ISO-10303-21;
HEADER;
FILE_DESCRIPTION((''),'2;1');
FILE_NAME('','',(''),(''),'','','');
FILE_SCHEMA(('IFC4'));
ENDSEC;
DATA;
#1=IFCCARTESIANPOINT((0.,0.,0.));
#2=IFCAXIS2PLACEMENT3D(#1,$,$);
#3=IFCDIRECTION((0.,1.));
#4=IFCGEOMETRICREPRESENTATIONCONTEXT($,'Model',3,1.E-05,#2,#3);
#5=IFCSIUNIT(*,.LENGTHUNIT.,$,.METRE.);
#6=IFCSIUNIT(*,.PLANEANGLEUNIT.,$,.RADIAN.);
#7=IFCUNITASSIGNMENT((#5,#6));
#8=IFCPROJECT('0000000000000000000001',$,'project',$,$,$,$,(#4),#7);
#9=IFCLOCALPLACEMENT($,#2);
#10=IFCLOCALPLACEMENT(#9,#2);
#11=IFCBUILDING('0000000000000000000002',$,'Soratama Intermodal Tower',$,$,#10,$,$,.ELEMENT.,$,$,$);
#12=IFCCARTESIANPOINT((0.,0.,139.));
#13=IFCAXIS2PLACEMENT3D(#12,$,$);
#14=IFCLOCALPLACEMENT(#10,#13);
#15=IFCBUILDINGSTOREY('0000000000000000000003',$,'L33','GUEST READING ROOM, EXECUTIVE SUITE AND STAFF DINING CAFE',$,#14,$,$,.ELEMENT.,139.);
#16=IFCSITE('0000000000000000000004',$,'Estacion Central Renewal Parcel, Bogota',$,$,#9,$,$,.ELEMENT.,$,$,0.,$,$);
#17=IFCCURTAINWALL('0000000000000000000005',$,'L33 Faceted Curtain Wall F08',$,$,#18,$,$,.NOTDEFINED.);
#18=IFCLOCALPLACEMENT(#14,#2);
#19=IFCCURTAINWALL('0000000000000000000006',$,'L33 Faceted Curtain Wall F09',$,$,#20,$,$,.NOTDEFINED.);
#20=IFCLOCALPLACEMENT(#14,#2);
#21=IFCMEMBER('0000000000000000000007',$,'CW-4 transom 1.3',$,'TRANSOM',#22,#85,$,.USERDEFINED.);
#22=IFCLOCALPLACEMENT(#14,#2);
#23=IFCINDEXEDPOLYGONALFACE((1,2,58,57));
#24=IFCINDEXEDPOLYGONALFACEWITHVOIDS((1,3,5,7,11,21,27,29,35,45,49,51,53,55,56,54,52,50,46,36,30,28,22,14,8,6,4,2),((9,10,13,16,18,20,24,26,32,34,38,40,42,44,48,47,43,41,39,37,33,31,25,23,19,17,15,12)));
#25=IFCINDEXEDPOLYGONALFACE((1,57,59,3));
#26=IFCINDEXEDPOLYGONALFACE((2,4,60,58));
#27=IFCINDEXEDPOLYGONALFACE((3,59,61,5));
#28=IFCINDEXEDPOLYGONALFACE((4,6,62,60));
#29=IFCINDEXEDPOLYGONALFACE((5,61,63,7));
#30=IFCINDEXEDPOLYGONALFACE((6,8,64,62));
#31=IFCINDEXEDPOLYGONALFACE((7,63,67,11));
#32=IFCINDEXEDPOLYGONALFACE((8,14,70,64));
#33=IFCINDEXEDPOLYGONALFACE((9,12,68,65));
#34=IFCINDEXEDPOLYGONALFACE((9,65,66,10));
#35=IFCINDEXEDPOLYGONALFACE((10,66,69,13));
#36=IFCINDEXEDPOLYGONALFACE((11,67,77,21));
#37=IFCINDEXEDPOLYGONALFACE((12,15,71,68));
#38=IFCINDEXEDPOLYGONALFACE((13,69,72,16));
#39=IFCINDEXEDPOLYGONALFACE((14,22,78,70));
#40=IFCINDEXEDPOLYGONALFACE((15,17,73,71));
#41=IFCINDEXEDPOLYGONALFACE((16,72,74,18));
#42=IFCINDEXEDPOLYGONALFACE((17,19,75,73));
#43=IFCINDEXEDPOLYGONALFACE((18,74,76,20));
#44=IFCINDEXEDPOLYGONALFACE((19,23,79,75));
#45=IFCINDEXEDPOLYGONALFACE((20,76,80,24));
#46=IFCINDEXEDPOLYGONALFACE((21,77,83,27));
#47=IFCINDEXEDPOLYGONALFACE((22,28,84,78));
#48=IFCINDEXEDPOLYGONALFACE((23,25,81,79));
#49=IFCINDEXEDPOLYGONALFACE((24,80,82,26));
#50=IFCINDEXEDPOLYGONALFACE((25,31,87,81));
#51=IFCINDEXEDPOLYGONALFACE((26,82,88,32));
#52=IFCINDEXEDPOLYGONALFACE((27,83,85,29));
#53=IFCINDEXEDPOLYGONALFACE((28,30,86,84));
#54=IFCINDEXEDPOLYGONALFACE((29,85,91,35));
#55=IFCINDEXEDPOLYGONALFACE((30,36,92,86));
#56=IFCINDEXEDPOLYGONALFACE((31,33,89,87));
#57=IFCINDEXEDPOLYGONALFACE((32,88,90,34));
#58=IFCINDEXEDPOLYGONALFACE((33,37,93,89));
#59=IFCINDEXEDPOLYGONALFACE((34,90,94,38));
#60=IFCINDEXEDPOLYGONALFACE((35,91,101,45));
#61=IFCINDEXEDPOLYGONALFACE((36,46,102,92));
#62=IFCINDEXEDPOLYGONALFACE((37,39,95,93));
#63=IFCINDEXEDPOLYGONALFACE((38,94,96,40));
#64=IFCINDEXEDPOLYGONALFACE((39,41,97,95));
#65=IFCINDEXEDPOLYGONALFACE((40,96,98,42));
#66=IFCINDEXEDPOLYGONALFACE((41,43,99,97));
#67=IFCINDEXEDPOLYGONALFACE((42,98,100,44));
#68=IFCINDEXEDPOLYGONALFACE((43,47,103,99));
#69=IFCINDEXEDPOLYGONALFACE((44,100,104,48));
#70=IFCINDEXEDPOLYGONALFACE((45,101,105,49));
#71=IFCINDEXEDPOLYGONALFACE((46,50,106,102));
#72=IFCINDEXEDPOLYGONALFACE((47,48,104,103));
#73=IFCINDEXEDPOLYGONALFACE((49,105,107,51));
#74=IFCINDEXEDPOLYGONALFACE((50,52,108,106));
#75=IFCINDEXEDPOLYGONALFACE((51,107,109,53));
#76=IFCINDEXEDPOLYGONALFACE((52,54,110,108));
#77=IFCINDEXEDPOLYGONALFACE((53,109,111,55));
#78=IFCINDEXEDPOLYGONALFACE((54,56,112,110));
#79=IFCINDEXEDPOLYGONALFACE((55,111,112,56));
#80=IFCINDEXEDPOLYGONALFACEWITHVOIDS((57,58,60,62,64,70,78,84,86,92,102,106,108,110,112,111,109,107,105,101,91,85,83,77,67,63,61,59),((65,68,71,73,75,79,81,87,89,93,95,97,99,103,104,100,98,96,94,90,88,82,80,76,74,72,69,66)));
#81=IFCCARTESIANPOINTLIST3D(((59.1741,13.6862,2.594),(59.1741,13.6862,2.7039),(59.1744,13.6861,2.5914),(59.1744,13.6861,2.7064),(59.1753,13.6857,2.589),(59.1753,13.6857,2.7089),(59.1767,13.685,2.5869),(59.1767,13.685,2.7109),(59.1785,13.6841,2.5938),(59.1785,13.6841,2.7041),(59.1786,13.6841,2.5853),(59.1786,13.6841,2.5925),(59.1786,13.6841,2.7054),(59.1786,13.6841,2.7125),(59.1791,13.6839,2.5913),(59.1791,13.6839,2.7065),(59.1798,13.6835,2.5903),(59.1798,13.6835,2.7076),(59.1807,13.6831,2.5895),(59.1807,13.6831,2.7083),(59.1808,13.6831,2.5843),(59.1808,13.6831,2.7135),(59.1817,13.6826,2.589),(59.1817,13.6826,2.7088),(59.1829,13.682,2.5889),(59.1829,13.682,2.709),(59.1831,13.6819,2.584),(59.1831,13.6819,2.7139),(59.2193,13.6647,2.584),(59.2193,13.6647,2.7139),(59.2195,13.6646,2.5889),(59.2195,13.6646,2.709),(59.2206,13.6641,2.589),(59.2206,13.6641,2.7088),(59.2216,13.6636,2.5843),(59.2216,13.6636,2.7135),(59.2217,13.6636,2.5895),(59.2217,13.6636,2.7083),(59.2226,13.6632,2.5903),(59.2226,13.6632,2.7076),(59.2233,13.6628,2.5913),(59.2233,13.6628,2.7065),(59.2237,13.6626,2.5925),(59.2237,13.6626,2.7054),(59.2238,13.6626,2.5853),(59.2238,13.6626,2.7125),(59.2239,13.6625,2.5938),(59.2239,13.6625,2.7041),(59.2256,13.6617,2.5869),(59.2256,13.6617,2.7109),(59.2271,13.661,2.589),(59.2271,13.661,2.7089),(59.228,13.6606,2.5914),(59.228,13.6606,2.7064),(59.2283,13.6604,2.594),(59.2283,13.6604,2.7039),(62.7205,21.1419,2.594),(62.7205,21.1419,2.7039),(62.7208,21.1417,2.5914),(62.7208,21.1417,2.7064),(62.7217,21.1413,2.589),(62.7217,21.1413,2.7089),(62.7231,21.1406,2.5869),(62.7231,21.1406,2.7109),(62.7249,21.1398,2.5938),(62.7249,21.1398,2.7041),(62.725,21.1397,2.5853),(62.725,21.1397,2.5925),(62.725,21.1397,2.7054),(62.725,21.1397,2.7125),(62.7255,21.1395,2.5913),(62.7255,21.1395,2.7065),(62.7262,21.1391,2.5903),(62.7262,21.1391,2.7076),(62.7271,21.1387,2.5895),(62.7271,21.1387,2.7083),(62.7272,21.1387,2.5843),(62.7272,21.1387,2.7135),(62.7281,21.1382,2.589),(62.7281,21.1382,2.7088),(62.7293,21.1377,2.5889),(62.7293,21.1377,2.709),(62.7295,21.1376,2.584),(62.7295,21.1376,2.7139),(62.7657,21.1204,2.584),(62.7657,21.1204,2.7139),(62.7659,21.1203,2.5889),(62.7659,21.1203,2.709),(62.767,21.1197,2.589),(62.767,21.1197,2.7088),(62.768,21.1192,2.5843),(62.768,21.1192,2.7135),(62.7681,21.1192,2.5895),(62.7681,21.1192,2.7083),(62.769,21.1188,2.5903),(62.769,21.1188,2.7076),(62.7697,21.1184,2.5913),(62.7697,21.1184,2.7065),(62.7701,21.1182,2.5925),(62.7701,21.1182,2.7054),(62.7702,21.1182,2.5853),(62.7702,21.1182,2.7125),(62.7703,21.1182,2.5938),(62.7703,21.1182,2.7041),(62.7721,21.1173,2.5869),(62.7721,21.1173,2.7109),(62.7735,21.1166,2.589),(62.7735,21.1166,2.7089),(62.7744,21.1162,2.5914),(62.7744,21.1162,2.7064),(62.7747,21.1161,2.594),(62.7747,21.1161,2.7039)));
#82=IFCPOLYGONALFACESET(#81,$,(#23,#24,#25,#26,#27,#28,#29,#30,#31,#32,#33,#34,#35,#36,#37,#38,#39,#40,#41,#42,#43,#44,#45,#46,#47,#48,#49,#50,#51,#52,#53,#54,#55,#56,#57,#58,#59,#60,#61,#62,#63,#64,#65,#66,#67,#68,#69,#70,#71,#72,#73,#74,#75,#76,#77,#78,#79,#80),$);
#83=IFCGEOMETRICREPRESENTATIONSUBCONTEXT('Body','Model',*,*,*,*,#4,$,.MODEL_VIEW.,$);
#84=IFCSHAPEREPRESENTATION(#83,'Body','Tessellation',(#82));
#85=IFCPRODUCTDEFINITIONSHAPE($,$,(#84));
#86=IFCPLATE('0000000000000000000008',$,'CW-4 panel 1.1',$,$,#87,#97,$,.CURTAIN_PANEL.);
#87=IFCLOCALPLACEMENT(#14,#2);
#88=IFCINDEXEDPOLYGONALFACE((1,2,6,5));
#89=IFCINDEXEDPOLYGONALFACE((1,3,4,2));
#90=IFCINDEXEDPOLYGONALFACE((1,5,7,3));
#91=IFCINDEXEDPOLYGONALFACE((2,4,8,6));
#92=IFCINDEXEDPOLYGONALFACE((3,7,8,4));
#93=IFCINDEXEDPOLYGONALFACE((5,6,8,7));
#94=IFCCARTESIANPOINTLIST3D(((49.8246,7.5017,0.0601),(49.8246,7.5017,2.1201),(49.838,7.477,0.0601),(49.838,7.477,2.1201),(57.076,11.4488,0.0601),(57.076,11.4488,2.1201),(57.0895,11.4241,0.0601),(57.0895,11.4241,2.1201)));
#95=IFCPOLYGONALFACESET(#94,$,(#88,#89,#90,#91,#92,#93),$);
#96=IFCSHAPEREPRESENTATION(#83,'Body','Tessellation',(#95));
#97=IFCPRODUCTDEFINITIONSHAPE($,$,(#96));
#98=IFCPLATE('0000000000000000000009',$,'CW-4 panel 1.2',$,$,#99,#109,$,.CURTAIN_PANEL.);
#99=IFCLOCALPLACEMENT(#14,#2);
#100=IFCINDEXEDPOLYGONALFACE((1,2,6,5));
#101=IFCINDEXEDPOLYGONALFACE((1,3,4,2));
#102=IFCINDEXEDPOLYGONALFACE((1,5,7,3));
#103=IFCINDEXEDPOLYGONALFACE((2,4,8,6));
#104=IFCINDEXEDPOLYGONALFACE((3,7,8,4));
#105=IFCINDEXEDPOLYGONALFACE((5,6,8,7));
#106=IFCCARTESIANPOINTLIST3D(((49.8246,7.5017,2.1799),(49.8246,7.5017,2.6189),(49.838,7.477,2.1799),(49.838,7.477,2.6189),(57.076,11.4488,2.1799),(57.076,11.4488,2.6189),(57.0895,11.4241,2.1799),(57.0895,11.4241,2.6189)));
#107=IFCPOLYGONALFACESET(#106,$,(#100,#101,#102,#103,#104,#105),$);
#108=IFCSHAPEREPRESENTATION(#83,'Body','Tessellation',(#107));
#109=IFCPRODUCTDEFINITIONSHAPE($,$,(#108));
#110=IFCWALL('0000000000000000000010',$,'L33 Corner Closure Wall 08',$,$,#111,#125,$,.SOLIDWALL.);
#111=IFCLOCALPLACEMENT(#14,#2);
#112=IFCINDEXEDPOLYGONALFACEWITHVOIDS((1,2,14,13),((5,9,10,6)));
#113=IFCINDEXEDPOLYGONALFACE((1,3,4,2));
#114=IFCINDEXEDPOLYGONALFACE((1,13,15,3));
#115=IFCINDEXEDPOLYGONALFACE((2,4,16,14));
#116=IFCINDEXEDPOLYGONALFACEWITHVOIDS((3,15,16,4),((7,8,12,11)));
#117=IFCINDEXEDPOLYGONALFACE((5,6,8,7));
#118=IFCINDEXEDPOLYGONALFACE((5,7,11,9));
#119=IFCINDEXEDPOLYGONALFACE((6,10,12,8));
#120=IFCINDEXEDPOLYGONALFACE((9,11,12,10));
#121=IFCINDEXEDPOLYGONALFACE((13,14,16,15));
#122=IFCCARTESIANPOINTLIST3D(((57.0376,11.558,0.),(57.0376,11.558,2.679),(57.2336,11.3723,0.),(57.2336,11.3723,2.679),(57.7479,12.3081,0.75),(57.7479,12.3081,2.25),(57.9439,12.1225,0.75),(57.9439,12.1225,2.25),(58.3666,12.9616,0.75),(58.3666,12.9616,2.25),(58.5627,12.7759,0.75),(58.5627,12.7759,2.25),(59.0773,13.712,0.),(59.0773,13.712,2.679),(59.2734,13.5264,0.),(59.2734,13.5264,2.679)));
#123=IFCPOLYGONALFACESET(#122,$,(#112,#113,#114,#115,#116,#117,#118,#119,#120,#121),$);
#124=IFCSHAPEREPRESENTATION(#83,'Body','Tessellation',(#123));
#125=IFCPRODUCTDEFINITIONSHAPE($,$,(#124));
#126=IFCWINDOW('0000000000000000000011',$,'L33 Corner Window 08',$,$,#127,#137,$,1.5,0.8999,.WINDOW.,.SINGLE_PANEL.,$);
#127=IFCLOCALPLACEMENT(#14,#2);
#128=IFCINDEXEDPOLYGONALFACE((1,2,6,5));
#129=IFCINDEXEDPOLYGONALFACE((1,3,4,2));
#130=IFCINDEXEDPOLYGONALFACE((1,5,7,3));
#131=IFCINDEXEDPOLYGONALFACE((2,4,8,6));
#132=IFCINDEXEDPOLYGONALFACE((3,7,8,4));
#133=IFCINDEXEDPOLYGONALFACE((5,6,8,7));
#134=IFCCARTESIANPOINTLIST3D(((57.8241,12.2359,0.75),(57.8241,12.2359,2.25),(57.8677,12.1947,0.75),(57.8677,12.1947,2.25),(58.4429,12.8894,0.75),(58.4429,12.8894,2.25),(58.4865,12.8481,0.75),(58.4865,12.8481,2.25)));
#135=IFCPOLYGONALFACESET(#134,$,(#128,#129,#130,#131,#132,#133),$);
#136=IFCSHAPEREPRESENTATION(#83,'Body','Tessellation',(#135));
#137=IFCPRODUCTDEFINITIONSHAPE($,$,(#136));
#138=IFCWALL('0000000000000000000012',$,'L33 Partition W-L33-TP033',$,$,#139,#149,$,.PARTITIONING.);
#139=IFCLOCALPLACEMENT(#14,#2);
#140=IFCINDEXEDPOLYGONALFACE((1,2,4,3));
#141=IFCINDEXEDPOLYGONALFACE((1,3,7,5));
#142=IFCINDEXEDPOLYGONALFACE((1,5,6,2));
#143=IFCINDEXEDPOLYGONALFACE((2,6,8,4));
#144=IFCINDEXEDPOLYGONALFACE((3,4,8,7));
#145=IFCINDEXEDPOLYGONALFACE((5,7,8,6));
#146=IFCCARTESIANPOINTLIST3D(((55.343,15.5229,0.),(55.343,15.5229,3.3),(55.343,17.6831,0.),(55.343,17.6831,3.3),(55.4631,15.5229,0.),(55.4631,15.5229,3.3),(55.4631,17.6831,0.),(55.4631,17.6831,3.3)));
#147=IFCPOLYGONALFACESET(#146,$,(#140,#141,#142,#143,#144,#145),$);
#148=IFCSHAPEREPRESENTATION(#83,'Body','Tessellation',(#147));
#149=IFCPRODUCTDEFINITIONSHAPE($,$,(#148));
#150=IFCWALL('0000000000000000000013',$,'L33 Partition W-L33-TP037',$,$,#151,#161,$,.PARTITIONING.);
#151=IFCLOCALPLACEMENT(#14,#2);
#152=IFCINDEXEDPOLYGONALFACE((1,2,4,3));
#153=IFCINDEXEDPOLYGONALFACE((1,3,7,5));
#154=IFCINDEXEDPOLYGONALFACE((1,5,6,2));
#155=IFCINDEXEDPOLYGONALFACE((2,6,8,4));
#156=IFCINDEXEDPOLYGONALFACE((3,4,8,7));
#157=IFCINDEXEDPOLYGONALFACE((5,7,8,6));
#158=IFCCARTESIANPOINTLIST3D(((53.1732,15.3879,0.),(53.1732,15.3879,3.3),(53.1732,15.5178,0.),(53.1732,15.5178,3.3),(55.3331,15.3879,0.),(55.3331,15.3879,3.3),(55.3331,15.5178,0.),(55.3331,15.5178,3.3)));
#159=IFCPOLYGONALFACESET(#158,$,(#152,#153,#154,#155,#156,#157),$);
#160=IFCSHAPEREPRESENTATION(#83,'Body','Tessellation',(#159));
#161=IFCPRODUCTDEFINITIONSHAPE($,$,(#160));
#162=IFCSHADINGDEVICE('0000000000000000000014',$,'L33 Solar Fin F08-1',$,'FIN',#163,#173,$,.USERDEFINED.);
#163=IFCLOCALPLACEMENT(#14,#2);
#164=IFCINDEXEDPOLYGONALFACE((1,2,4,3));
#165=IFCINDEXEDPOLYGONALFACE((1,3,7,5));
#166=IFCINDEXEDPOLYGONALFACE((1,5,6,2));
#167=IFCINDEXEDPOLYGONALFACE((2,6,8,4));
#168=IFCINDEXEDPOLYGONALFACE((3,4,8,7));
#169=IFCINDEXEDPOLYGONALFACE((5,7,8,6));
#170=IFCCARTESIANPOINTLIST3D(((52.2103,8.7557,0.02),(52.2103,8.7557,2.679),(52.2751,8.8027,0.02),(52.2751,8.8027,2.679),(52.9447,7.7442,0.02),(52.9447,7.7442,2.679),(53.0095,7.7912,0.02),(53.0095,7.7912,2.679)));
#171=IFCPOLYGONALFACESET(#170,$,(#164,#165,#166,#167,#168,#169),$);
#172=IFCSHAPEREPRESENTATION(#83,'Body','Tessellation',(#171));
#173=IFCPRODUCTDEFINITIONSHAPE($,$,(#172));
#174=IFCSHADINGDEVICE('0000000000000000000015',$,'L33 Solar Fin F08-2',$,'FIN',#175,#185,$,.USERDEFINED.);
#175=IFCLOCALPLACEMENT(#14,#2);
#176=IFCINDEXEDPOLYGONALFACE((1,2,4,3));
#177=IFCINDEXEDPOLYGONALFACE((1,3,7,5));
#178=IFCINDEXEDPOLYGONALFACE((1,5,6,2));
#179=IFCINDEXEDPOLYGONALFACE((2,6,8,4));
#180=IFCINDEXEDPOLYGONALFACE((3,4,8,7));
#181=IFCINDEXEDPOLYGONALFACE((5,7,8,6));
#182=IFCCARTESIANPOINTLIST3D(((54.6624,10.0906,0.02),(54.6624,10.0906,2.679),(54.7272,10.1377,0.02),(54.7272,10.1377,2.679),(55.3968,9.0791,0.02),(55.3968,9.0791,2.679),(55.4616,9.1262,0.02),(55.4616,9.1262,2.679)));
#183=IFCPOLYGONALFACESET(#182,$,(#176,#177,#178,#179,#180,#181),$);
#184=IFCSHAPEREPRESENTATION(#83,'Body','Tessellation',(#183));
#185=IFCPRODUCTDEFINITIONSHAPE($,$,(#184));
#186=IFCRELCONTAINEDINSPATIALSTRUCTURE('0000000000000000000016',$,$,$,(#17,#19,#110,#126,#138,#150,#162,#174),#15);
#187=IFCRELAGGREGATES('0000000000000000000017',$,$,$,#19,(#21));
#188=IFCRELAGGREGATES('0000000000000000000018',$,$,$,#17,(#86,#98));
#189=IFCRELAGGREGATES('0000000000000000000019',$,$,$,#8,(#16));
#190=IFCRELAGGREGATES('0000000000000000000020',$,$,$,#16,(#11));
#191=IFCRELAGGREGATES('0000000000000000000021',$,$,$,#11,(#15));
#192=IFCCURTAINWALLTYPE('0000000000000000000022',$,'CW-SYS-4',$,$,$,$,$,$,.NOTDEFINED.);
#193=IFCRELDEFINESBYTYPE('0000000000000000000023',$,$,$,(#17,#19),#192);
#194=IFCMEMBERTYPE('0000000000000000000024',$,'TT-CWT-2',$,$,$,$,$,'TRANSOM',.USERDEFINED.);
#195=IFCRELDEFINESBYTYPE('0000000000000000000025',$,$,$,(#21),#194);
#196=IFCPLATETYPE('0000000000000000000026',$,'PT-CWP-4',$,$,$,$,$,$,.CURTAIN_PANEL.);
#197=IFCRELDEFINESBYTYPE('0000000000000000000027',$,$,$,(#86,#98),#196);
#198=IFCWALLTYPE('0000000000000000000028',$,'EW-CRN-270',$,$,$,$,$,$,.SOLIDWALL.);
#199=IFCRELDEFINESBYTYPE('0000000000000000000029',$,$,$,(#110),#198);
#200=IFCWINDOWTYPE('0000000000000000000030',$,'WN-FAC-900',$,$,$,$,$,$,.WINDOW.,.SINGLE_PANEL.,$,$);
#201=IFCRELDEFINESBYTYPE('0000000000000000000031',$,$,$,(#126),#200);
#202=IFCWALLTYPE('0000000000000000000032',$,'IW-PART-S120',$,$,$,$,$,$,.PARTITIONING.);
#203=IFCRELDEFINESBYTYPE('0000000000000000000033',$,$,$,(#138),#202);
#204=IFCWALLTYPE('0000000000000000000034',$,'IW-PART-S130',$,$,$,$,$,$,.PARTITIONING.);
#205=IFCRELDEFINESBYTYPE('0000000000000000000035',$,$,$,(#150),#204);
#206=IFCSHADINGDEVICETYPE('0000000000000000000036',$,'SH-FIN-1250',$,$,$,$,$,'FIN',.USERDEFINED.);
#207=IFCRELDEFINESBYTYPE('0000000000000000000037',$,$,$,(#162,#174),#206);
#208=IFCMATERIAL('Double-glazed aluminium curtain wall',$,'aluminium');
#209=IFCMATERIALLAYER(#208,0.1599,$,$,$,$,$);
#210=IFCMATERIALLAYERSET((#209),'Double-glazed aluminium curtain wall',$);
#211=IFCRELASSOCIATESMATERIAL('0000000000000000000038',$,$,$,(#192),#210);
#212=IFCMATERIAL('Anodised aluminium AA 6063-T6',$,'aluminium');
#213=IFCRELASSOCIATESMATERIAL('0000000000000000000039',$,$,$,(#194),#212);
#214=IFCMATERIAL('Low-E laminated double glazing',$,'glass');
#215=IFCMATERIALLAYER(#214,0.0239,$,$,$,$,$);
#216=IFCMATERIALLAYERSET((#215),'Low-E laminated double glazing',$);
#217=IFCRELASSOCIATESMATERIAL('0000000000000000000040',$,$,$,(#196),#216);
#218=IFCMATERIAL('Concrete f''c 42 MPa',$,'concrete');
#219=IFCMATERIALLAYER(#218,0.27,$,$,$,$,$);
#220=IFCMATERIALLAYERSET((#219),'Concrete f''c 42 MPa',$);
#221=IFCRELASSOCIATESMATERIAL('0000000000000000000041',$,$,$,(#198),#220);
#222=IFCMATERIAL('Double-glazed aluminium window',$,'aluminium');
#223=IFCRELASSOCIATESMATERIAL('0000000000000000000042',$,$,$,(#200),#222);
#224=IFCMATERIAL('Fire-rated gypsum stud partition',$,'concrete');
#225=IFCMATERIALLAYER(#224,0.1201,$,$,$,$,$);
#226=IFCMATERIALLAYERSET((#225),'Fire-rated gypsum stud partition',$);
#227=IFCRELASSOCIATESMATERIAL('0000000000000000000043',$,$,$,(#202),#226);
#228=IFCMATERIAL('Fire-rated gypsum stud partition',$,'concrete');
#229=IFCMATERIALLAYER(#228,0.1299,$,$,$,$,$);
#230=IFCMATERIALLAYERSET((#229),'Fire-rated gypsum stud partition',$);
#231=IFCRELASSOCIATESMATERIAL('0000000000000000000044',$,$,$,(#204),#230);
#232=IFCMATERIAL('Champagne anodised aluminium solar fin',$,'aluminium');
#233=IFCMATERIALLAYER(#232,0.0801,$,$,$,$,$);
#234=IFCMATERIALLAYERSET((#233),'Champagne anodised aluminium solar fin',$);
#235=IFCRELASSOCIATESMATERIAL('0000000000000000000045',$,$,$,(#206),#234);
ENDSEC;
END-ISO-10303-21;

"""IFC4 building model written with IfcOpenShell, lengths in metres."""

from ifc_helpers import new_model, si_unit, direction, frame, frame_2d, origin, origin_2d, place, context, subcontext, project, spatial, rectangle, hollow_rectangle, extrude, material, layer, layer_set, material_profile, profile_set, type_object, element, fill, aggregate, save


model = new_model("IFC4")

# Units and contexts
model_context = context("Model", 3, precision=1e-05, world=origin(), true_north=direction((0.0, 1.0)))
body_context = subcontext(model_context, "Body", "Model", "MODEL_VIEW")
ifc_project = project(units=[si_unit("LENGTHUNIT", "METRE"), si_unit("PLANEANGLEUNIT", "RADIAN")], contexts=[model_context])

# Site, building, storey
site_placement = place(None, origin())
site = spatial("IfcSite", under=ifc_project, at=site_placement, Name="Estacion Central Renewal Parcel, Bogota", CompositionType="ELEMENT", RefElevation=0.0)
building_placement = place(site_placement, origin())
building = spatial("IfcBuilding", under=site, at=building_placement, Name="Soratama Intermodal Tower", CompositionType="ELEMENT")
storey_placement = place(building_placement, frame((0.0, 0.0, 139.0)))
storey = spatial("IfcBuildingStorey", under=building, at=storey_placement, Name="L33", Description="GUEST READING ROOM, EXECUTIVE SUITE AND STAFF DINING CAFE", CompositionType="ELEMENT", Elevation=139.0)

# Curtain wall
ifc_material_1 = material(Name="Double-glazed aluminium curtain wall", Category="aluminium")
ifc_layer_1 = layer(ifc_material_1, 0.1599)
ifc_layer_set_1 = layer_set([ifc_layer_1], Name="Double-glazed aluminium curtain wall")
curtain_wall_type = type_object("IfcCurtainWallType", Name="CW-SYS-4", PredefinedType="NOTDEFINED", material=ifc_layer_set_1)
curtain_wall_1_placement = place(storey_placement, origin())
curtain_wall_1 = element("IfcCurtainWall", 1, at=curtain_wall_1_placement, inside=storey, type_object=curtain_wall_type, Name="L33 Faceted Curtain Wall F08", PredefinedType="NOTDEFINED")

# Curtain wall, member
curtain_wall_2_placement = place(storey_placement, origin())
curtain_wall_2 = element("IfcCurtainWall", 2, at=curtain_wall_2_placement, inside=storey, type_object=curtain_wall_type, Name="L33 Faceted Curtain Wall F09", PredefinedType="NOTDEFINED")
ifc_material_2 = material(Name="Anodised aluminium AA 6063-T6", Category="aluminium")
ifc_material_profile_1 = material_profile(ifc_material_2, hollow_rectangle(XDim=0.0601, YDim=0.1299, WallThickness=0.0049, InnerFilletRadius=0.0049, OuterFilletRadius=0.01, at=origin_2d()), Name="CWT130X60X5")
ifc_profile_set_1 = profile_set([ifc_material_profile_1], Name="Anodised aluminium AA 6063-T6")
member_type_1 = type_object("IfcMemberType", Name="TT-CWT-2", ElementType="TRANSOM", PredefinedType="USERDEFINED", material=ifc_profile_set_1)
member_1_placement = place(storey_placement, frame((59.2012, 13.6733, 2.6489), z_axis=(0.42955, 0.903043, 0.0), x_axis=(-0.903043, 0.42955, 0.0)))
member_1 = element("IfcMember", 3, at=member_1_placement, type_object=member_type_1, Name="CW-4 transom 1.3", ObjectType="TRANSOM", PredefinedType="USERDEFINED", context=body_context, shape_type="SweptSolid", body=[
    extrude(hollow_rectangle(XDim=0.0601, YDim=0.1299, WallThickness=0.0049, InnerFilletRadius=0.0049, OuterFilletRadius=0.01, at=origin_2d()), origin(), (0.0, 0.0, 1.0), 8.2561),
])
aggregate(curtain_wall_2, [member_1])

# Plates
ifc_material_3 = material(Name="Low-E laminated double glazing", Category="glass")
ifc_layer_2 = layer(ifc_material_3, 0.0239)
ifc_layer_set_2 = layer_set([ifc_layer_2], Name="Low-E laminated double glazing")
plate_type = type_object("IfcPlateType", Name="PT-CWP-4", PredefinedType="CURTAIN_PANEL", material=ifc_layer_set_2)
plate_1_placement = place(storey_placement, frame((53.457, 9.4629, 0.0601), z_axis=(0.0, 0.0, 1.0), x_axis=(0.878315, 0.478083, 0.0)))
plate_1 = element("IfcPlate", 4, at=plate_1_placement, type_object=plate_type, Name="CW-4 panel 1.1", PredefinedType="CURTAIN_PANEL", context=body_context, shape_type="SweptSolid", body=[
    extrude(rectangle(XDim=8.2561, YDim=0.0281, at=origin_2d()), origin(), (0.0, 0.0, 1.0), 2.0601),
])
plate_2_placement = place(storey_placement, frame((53.457, 9.4629, 2.1799), z_axis=(0.0, 0.0, 1.0), x_axis=(0.878315, 0.478083, 0.0)))
plate_2 = element("IfcPlate", 5, at=plate_2_placement, type_object=plate_type, Name="CW-4 panel 1.2", PredefinedType="CURTAIN_PANEL", context=body_context, shape_type="SweptSolid", body=[
    extrude(rectangle(XDim=8.2561, YDim=0.0281, at=origin_2d()), origin(), (0.0, 0.0, 1.0), 0.439),
])
aggregate(curtain_wall_1, [plate_1, plate_2])

# Wall, opening, window
ifc_material_4 = material(Name="Concrete f'c 42 MPa", Category="concrete")
ifc_layer_3 = layer(ifc_material_4, 0.27)
ifc_layer_set_3 = layer_set([ifc_layer_3], Name="Concrete f'c 42 MPa")
wall_type_1 = type_object("IfcWallType", Name="EW-CRN-270", PredefinedType="SOLIDWALL", material=ifc_layer_set_3)
wall_1_placement = place(storey_placement, frame((57.1355, 11.4651, 0.0), z_axis=(0.0, 0.0, 1.0), x_axis=(0.687587, 0.726102, 0.0)))
wall_1 = element("IfcWall", 6, at=wall_1_placement, inside=storey, type_object=wall_type_1, Name="L33 Corner Closure Wall 08", PredefinedType="SOLIDWALL", context=body_context, shape_type="SweptSolid", body=[
    extrude(rectangle(XDim=2.9666, YDim=0.27, at=frame_2d((1.4834, 0.0))), origin(), (0.0, 0.0, 1.0), 2.679),
])
opening_placement = place(wall_1_placement, frame((1.0332, 0.0, 0.75)))
opening = element("IfcOpeningElement", 7, at=opening_placement, cuts=wall_1, PredefinedType="OPENING", context=body_context, shape_type="SweptSolid", body=[
    extrude(rectangle(XDim=0.8999, YDim=1.5, at=frame_2d((0.45, 0.75))), frame((0.0, 0.145, 0.0), z_axis=(0.0, -1.0, 0.0), x_axis=(1.0, 0.0, 0.0)), (0.0, 0.0, 1.0), 0.29),
])
ifc_material_5 = material(Name="Double-glazed aluminium window", Category="aluminium")
window_type = type_object("IfcWindowType", Name="WN-FAC-900", PartitioningType="SINGLE_PANEL", PredefinedType="WINDOW", material=ifc_material_5)
window_placement = place(opening_placement, origin())
window = element("IfcWindow", 8, at=window_placement, inside=storey, type_object=window_type, Name="L33 Corner Window 08", OverallHeight=1.5, OverallWidth=0.8999, PartitioningType="SINGLE_PANEL", PredefinedType="WINDOW", context=body_context, shape_type="SweptSolid", body=[
    extrude(rectangle(XDim=0.8999, YDim=1.5, at=frame_2d((0.45, 0.75))), frame((0.0, 0.03, 0.0), z_axis=(0.0, -1.0, 0.0), x_axis=(1.0, 0.0, 0.0)), (0.0, 0.0, 1.0), 0.0601),
])
fill(opening, window)

# Walls
ifc_material_6 = material(Name="Fire-rated gypsum stud partition", Category="concrete")
ifc_layer_4 = layer(ifc_material_6, 0.1201)
ifc_layer_set_4 = layer_set([ifc_layer_4], Name="Fire-rated gypsum stud partition")
wall_type_2 = type_object("IfcWallType", Name="IW-PART-S120", PredefinedType="PARTITIONING", material=ifc_layer_set_4)
wall_2_placement = place(storey_placement, frame((55.4031, 15.5229, 0.0), z_axis=(0.0, 0.0, 1.0), x_axis=(0.0, 1.0, 0.0)))
element("IfcWall", 9, at=wall_2_placement, inside=storey, type_object=wall_type_2, Name="L33 Partition W-L33-TP033", PredefinedType="PARTITIONING", context=body_context, shape_type="SweptSolid", body=[
    extrude(rectangle(XDim=2.1602, YDim=0.1201, at=frame_2d((1.0801, 0.0))), origin(), (0.0, 0.0, 1.0), 3.3),
])
ifc_material_7 = material(Name="Fire-rated gypsum stud partition", Category="concrete")
ifc_layer_5 = layer(ifc_material_7, 0.1299)
ifc_layer_set_5 = layer_set([ifc_layer_5], Name="Fire-rated gypsum stud partition")
wall_type_3 = type_object("IfcWallType", Name="IW-PART-S130", PredefinedType="PARTITIONING", material=ifc_layer_set_5)
wall_3_placement = place(storey_placement, frame((53.1731, 15.4529, 0.0), z_axis=(0.0, 0.0, 1.0), x_axis=(1.0, 0.0, 0.0)))
element("IfcWall", 10, at=wall_3_placement, inside=storey, type_object=wall_type_3, Name="L33 Partition W-L33-TP037", PredefinedType="PARTITIONING", context=body_context, shape_type="SweptSolid", body=[
    extrude(rectangle(XDim=2.1599, YDim=0.1299, at=frame_2d((1.0801, 0.0))), origin(), (0.0, 0.0, 1.0), 3.3),
])

# Shading devices
ifc_material_8 = material(Name="Champagne anodised aluminium solar fin", Category="aluminium")
ifc_layer_6 = layer(ifc_material_8, 0.0801)
ifc_layer_set_6 = layer_set([ifc_layer_6], Name="Champagne anodised aluminium solar fin")
shading_device_type = type_object("IfcShadingDeviceType", Name="SH-FIN-1250", ElementType="FIN", PredefinedType="USERDEFINED", material=ifc_layer_set_6)
for number, where, z_axis, x_axis, name in (
    (11, (52.6099, 8.2734, 0.02), (0.0, 0.0, 1.0), (0.587503, -0.809222, 0.0), "L33 Solar Fin F08-1"),
    (12, (55.062, 9.6084, 0.02), (0.0, 0.0, 1.0), (0.587503, -0.809222, 0.0), "L33 Solar Fin F08-2"),
):
    element("IfcShadingDevice", number, at=place(storey_placement, frame(where, z_axis=z_axis, x_axis=x_axis)), inside=storey, type_object=shading_device_type, Name=name, ObjectType="FIN", PredefinedType="USERDEFINED", context=body_context, shape_type="SweptSolid", body=[
        extrude(rectangle(XDim=1.25, YDim=0.0801, at=origin_2d()), origin(), (0.0, 0.0, 1.0), 2.6589),
    ])

save(model, "model.ifc")
